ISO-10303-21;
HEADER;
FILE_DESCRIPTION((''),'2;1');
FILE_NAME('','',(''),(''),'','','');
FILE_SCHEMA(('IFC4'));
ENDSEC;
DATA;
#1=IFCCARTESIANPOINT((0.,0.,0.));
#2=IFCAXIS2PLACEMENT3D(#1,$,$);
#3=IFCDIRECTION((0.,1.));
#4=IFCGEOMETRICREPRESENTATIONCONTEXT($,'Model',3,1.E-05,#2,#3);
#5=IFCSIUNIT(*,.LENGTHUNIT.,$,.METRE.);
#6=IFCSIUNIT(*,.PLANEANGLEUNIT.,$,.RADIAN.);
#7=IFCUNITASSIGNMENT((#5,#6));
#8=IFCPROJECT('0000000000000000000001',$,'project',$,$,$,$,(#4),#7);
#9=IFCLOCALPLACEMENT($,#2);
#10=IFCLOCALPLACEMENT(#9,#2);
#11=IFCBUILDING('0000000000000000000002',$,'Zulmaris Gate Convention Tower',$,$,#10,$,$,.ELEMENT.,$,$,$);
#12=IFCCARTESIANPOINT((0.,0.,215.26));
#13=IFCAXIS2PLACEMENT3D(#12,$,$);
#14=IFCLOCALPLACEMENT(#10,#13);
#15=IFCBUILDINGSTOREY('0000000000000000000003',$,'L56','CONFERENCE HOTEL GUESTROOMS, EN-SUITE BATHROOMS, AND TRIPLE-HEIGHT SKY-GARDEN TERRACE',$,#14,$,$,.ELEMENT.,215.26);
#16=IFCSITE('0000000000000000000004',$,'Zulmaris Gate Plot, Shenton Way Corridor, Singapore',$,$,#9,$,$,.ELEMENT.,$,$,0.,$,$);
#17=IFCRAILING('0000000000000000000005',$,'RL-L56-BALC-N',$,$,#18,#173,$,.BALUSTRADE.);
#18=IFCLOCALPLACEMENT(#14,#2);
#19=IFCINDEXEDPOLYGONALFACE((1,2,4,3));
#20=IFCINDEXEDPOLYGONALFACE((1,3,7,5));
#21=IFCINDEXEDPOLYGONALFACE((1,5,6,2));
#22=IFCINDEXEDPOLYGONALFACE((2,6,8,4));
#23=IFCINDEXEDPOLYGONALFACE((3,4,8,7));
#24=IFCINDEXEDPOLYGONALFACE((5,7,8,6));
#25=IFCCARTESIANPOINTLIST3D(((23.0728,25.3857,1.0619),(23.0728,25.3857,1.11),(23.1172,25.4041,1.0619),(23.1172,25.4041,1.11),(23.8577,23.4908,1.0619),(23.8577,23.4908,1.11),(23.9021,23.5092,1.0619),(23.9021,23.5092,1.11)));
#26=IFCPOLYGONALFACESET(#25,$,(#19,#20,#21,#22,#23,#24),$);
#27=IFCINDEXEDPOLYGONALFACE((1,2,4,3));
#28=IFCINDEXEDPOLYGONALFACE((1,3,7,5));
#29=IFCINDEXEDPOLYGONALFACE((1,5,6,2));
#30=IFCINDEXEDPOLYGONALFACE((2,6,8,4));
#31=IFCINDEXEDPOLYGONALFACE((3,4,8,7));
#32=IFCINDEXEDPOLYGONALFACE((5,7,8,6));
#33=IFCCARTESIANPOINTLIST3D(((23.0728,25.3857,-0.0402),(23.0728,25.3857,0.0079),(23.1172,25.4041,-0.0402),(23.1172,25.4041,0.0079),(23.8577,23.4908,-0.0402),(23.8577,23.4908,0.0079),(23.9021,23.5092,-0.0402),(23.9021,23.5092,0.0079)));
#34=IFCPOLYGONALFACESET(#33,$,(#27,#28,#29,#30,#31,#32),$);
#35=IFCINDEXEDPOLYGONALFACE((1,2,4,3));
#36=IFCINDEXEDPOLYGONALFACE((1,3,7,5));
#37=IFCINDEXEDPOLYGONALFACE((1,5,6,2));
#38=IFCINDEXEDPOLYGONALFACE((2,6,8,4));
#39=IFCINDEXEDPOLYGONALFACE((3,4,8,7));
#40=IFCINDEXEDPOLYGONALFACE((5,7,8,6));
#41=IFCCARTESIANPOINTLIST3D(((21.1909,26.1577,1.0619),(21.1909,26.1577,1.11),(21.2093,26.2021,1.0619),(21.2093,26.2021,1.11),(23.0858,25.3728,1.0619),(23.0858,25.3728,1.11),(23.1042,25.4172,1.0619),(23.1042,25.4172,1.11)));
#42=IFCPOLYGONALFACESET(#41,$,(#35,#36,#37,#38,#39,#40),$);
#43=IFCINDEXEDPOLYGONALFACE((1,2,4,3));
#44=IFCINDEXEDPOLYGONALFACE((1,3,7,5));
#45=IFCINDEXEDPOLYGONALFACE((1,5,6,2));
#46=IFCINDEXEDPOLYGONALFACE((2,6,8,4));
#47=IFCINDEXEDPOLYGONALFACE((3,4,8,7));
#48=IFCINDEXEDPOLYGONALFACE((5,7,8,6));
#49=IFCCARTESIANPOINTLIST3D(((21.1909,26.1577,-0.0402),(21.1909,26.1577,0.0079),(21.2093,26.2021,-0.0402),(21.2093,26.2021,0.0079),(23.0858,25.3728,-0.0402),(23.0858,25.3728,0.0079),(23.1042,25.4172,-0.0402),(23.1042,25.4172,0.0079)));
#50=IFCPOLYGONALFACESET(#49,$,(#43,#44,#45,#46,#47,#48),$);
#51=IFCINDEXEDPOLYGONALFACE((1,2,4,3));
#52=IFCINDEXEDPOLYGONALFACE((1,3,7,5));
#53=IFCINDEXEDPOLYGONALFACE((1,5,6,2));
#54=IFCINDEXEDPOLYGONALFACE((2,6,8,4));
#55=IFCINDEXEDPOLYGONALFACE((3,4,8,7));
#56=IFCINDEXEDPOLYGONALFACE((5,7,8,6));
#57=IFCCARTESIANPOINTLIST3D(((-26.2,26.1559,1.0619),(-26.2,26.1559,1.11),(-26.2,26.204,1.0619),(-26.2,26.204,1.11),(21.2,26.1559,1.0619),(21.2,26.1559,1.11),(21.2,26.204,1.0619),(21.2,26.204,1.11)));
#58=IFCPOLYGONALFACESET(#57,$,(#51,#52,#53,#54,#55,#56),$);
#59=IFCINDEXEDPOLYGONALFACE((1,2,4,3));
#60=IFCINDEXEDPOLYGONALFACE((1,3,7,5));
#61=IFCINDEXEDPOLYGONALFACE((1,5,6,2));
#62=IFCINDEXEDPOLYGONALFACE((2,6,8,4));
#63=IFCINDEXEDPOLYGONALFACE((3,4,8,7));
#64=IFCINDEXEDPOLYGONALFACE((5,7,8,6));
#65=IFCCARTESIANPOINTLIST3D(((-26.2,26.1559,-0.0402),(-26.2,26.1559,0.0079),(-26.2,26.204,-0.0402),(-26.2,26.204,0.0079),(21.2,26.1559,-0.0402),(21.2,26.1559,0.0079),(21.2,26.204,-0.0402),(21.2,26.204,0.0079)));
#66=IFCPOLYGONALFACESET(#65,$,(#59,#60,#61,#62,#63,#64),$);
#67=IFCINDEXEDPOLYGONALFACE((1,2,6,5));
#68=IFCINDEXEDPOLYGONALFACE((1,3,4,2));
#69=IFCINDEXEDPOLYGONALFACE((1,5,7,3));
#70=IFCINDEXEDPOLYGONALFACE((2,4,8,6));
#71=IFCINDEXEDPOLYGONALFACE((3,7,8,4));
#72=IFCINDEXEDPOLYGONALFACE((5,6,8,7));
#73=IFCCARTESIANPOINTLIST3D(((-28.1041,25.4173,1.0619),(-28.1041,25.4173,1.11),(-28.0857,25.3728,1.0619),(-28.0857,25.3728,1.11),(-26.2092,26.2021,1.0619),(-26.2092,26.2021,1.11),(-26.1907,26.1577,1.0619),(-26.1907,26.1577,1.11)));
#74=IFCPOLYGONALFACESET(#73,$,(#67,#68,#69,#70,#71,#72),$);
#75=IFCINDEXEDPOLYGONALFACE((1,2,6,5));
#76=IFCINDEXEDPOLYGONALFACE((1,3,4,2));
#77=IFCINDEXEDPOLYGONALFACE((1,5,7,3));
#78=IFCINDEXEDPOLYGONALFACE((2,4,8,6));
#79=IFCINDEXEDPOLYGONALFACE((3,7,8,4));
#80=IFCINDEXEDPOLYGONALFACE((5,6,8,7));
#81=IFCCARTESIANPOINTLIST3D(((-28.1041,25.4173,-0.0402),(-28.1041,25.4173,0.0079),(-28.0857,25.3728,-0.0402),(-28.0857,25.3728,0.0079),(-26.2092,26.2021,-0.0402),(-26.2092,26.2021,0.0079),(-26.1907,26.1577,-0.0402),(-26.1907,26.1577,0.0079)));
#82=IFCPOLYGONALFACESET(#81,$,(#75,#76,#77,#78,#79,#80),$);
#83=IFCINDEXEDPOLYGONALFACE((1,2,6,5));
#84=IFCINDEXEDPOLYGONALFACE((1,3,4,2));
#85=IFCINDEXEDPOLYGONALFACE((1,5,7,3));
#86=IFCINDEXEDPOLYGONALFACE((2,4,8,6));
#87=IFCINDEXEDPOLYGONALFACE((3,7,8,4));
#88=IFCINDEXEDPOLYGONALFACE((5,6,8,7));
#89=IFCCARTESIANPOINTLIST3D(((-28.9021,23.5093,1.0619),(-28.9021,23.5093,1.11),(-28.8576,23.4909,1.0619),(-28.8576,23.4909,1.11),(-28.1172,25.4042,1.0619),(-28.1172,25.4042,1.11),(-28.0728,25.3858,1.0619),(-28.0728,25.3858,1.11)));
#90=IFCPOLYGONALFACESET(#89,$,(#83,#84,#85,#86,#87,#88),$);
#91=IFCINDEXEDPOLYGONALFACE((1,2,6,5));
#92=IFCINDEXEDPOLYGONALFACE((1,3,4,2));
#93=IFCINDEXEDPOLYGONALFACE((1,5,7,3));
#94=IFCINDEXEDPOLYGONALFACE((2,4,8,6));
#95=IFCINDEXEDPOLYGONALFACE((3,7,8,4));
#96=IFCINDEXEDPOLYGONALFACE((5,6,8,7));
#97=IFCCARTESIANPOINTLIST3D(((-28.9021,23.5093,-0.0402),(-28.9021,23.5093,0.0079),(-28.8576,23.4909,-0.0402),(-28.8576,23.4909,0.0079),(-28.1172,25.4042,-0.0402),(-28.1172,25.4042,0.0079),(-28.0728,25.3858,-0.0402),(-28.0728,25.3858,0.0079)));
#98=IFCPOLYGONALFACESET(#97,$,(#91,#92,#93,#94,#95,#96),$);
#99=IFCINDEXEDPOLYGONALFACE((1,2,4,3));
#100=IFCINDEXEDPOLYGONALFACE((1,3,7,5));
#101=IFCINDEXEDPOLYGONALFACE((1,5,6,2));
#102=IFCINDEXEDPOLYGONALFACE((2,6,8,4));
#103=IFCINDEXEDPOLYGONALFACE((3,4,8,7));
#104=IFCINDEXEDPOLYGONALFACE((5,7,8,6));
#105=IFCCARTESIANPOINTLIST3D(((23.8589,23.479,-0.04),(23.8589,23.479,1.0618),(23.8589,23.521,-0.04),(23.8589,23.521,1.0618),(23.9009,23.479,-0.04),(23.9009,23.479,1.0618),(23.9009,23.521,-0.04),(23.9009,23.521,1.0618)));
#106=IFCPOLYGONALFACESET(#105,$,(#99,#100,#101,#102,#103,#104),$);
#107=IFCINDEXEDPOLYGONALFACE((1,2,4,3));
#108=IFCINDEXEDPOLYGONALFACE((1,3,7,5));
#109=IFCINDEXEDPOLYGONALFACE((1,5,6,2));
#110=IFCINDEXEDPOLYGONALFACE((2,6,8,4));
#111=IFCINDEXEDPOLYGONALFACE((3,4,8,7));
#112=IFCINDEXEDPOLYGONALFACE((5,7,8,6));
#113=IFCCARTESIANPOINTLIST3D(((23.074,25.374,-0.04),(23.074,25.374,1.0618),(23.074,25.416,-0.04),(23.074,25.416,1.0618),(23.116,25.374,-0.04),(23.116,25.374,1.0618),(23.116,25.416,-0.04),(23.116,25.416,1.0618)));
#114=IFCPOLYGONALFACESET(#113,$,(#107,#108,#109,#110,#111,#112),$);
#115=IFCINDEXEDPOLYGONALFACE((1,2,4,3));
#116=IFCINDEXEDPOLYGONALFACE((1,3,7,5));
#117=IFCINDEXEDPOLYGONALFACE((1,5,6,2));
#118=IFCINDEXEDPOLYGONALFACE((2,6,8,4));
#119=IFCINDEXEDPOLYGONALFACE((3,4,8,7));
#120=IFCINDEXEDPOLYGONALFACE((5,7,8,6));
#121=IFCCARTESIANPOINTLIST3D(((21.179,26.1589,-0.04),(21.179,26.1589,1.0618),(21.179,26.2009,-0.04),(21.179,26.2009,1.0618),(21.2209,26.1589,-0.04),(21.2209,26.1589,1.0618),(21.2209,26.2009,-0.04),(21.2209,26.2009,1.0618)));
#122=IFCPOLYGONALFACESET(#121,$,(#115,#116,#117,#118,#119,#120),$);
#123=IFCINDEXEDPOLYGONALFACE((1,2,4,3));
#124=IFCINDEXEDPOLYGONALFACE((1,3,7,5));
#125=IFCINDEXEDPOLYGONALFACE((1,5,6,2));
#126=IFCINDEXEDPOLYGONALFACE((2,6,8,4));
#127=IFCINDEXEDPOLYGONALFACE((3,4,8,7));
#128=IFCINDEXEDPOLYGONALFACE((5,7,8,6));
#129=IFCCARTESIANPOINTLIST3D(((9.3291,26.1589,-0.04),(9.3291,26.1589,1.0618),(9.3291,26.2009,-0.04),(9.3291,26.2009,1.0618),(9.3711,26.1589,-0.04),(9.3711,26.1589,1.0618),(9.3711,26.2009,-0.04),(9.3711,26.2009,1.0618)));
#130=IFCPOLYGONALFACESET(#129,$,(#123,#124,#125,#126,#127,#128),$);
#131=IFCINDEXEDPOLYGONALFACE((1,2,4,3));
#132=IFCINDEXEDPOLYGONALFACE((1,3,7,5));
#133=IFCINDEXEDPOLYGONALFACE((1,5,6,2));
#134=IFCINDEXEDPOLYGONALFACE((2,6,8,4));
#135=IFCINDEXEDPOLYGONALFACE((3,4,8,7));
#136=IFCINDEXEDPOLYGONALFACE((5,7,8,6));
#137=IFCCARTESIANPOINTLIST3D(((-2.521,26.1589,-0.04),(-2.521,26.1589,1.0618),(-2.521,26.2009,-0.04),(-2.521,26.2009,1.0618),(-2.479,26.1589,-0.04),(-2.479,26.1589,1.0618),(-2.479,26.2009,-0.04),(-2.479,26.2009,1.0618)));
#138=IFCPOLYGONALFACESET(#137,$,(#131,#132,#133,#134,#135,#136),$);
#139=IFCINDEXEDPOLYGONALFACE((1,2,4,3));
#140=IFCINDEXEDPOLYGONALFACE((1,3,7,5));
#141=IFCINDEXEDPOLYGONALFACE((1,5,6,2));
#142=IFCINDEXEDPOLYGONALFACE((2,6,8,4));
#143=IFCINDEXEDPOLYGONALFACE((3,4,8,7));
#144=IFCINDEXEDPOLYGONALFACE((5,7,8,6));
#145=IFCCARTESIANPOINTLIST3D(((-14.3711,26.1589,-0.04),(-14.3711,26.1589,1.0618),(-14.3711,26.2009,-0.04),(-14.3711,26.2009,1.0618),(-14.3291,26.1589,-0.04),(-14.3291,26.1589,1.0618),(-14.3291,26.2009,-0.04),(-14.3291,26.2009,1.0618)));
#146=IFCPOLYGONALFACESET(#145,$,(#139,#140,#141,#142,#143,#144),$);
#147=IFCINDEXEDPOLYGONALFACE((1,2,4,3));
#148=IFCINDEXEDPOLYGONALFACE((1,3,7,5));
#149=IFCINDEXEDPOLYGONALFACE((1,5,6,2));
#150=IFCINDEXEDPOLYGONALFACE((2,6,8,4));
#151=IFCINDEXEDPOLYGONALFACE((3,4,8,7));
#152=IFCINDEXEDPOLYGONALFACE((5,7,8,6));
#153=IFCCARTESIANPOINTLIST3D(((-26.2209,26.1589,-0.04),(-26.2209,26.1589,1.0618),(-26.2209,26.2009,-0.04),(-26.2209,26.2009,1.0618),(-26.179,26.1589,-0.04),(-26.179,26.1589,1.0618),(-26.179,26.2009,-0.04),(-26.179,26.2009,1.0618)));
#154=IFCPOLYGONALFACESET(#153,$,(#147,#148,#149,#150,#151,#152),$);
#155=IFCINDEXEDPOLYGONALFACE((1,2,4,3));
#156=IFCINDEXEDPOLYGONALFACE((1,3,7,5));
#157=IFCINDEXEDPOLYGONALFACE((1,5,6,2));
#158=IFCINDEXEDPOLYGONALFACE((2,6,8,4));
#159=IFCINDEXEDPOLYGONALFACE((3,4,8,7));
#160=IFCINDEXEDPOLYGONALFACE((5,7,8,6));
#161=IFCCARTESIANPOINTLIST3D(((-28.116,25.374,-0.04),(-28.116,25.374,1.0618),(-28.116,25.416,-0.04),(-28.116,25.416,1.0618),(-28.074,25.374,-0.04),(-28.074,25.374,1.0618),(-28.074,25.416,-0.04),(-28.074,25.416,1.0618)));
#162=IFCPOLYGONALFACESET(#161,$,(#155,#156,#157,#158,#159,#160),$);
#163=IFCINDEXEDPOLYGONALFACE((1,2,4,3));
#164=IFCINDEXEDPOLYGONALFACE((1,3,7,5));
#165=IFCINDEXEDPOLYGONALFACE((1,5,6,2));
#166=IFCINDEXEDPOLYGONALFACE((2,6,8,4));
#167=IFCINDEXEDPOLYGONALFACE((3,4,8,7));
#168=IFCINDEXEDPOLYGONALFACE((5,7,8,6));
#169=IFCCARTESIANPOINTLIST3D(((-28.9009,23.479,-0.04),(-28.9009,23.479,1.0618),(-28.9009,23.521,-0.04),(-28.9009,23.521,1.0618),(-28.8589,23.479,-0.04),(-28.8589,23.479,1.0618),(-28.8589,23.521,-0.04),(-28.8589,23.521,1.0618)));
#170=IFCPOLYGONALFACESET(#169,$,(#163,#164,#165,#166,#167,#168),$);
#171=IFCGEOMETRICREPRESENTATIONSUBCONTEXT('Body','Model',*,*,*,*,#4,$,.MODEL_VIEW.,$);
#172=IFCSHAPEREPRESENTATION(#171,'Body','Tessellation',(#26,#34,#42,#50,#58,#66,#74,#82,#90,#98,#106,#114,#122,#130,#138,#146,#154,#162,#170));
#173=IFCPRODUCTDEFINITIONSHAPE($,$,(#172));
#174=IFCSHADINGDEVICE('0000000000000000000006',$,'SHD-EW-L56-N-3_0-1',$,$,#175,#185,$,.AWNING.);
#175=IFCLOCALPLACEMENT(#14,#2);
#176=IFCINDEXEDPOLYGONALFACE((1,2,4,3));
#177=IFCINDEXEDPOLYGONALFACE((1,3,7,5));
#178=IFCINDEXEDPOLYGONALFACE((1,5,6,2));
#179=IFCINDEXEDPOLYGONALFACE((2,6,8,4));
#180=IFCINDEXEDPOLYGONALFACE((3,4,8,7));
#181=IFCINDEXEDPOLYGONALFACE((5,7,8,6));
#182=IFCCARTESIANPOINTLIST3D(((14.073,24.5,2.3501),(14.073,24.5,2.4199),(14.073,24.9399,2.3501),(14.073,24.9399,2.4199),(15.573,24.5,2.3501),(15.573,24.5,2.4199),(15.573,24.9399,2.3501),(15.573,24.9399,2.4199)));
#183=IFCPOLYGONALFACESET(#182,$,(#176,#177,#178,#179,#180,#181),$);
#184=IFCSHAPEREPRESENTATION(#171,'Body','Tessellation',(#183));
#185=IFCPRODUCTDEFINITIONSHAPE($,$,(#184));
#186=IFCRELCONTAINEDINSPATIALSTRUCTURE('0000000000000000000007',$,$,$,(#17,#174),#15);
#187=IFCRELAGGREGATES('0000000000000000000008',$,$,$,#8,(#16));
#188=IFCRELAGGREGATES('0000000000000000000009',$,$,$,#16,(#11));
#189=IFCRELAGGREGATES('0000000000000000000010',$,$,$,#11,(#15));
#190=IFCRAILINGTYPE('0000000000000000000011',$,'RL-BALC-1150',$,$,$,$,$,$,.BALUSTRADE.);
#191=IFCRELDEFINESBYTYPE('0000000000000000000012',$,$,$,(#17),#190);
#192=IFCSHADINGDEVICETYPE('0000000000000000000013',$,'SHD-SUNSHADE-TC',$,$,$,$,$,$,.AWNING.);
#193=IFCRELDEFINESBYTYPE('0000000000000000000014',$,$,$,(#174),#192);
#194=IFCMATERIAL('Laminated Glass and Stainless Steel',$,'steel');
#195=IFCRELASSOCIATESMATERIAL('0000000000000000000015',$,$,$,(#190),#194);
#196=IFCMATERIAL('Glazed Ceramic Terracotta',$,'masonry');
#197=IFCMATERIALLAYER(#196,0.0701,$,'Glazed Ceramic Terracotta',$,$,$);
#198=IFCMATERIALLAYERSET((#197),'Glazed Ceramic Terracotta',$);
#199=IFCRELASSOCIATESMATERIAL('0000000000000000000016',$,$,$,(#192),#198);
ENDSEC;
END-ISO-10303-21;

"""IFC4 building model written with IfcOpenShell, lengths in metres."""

from ifc_helpers import new_model, si_unit, direction, frame, frame_2d, origin, origin_2d, place, context, subcontext, project, spatial, rectangle, extrude, material, layer, layer_set, type_object, element, save


model = new_model("IFC4")

# Units and contexts
model_context = context("Model", 3, precision=1e-05, world=origin(), true_north=direction((0.0, 1.0)))
body_context = subcontext(model_context, "Body", "Model", "MODEL_VIEW")
ifc_project = project(units=[si_unit("LENGTHUNIT", "METRE"), si_unit("PLANEANGLEUNIT", "RADIAN")], contexts=[model_context])

# Site, building, storey
site_placement = place(None, origin())
site = spatial("IfcSite", under=ifc_project, at=site_placement, Name="Zulmaris Gate Plot, Shenton Way Corridor, Singapore", CompositionType="ELEMENT", RefElevation=0.0)
building_placement = place(site_placement, origin())
building = spatial("IfcBuilding", under=site, at=building_placement, Name="Zulmaris Gate Convention Tower", CompositionType="ELEMENT")
storey_placement = place(building_placement, frame((0.0, 0.0, 215.26)))
storey = spatial("IfcBuildingStorey", under=building, at=storey_placement, Name="L56", Description="CONFERENCE HOTEL GUESTROOMS, EN-SUITE BATHROOMS, AND TRIPLE-HEIGHT SKY-GARDEN TERRACE", CompositionType="ELEMENT", Elevation=215.26)

# Railing
ifc_material_1 = material(Name="Laminated Glass and Stainless Steel", Category="steel")
railing_type = type_object("IfcRailingType", Name="RL-BALC-1150", PredefinedType="BALUSTRADE", material=ifc_material_1)
railing_placement = place(storey_placement, frame((23.8799, 23.5, -0.04)))
element("IfcRailing", 1, at=railing_placement, inside=storey, type_object=railing_type, Name="RL-L56-BALC-N", PredefinedType="BALUSTRADE", context=body_context, shape_type="SweptSolid", body=[
    extrude(rectangle(XDim=0.0481, YDim=0.0481, at=origin_2d()), frame((0.0, 0.0, 1.126), z_axis=(-0.382671, 0.923885, 0.0), x_axis=(-0.923885, -0.382671, 0.0)), (0.0, 0.0, 1.0), 2.051),
    extrude(rectangle(XDim=0.0481, YDim=0.0481, at=origin_2d()), frame((0.0, 0.0, 0.0239), z_axis=(-0.382671, 0.923885, 0.0), x_axis=(-0.923885, -0.382671, 0.0)), (0.0, 0.0, 1.0), 2.051),
    extrude(rectangle(XDim=0.0481, YDim=0.0481, at=origin_2d()), frame((-0.7849, 1.895, 1.126), z_axis=(-0.923885, 0.382671, 0.0), x_axis=(-0.382671, -0.923885, 0.0)), (0.0, 0.0, 1.0), 2.051),
    extrude(rectangle(XDim=0.0481, YDim=0.0481, at=origin_2d()), frame((-0.7849, 1.895, 0.0239), z_axis=(-0.923885, 0.382671, 0.0), x_axis=(-0.382671, -0.923885, 0.0)), (0.0, 0.0, 1.0), 2.051),
    extrude(rectangle(XDim=0.0481, YDim=0.0481, at=origin_2d()), frame((-2.6799, 2.6799, 1.126), z_axis=(-1.0, 0.0, 0.0), x_axis=(0.0, -1.0, 0.0)), (0.0, 0.0, 1.0), 47.3999),
    extrude(rectangle(XDim=0.0481, YDim=0.0481, at=origin_2d()), frame((-2.6799, 2.6799, 0.0239), z_axis=(-1.0, 0.0, 0.0), x_axis=(0.0, -1.0, 0.0)), (0.0, 0.0, 1.0), 47.3999),
    extrude(rectangle(XDim=0.0481, YDim=0.0481, at=origin_2d()), frame((-50.0798, 2.6799, 1.126), z_axis=(-0.923885, -0.382671, 0.0), x_axis=(0.382671, -0.923885, 0.0)), (0.0, 0.0, 1.0), 2.051),
    extrude(rectangle(XDim=0.0481, YDim=0.0481, at=origin_2d()), frame((-50.0798, 2.6799, 0.0239), z_axis=(-0.923885, -0.382671, 0.0), x_axis=(0.382671, -0.923885, 0.0)), (0.0, 0.0, 1.0), 2.051),
    extrude(rectangle(XDim=0.0481, YDim=0.0481, at=origin_2d()), frame((-51.9749, 1.895, 1.126), z_axis=(-0.382671, -0.923885, 0.0), x_axis=(0.923885, -0.382671, 0.0)), (0.0, 0.0, 1.0), 2.051),
    extrude(rectangle(XDim=0.0481, YDim=0.0481, at=origin_2d()), frame((-51.9749, 1.895, 0.0239), z_axis=(-0.382671, -0.923885, 0.0), x_axis=(0.923885, -0.382671, 0.0)), (0.0, 0.0, 1.0), 2.051),
    extrude(rectangle(XDim=0.042, YDim=0.042, at=origin_2d()), origin(), (0.0, 0.0, 1.0), 1.1018),
    extrude(rectangle(XDim=0.042, YDim=0.042, at=origin_2d()), frame((-0.7849, 1.895, 0.0)), (0.0, 0.0, 1.0), 1.1018),
    extrude(rectangle(XDim=0.042, YDim=0.042, at=origin_2d()), frame((-2.6799, 2.6799, 0.0)), (0.0, 0.0, 1.0), 1.1018),
    extrude(rectangle(XDim=0.042, YDim=0.042, at=origin_2d()), frame((-14.5298, 2.6799, 0.0)), (0.0, 0.0, 1.0), 1.1018),
    extrude(rectangle(XDim=0.042, YDim=0.042, at=origin_2d()), frame((-26.3799, 2.6799, 0.0)), (0.0, 0.0, 1.0), 1.1018),
    extrude(rectangle(XDim=0.042, YDim=0.042, at=origin_2d()), frame((-38.23, 2.6799, 0.0)), (0.0, 0.0, 1.0), 1.1018),
    extrude(rectangle(XDim=0.042, YDim=0.042, at=origin_2d()), frame((-50.0798, 2.6799, 0.0)), (0.0, 0.0, 1.0), 1.1018),
    extrude(rectangle(XDim=0.042, YDim=0.042, at=origin_2d()), frame((-51.9749, 1.895, 0.0)), (0.0, 0.0, 1.0), 1.1018),
    extrude(rectangle(XDim=0.042, YDim=0.042, at=origin_2d()), frame((-52.7598, 0.0, 0.0)), (0.0, 0.0, 1.0), 1.1018),
])

# Shading device
ifc_material_2 = material(Name="Glazed Ceramic Terracotta", Category="masonry")
ifc_layer_1 = layer(ifc_material_2, 0.0701, Name="Glazed Ceramic Terracotta")
ifc_layer_set_1 = layer_set([ifc_layer_1], Name="Glazed Ceramic Terracotta")
shading_device_type = type_object("IfcShadingDeviceType", Name="SHD-SUNSHADE-TC", PredefinedType="AWNING", material=ifc_layer_set_1)
shading_device_placement = place(storey_placement, frame((15.573, 24.72, 2.3501), z_axis=(0.0, 0.0, 1.0), x_axis=(-1.0, 0.0, 0.0)))
element("IfcShadingDevice", 2, at=shading_device_placement, inside=storey, type_object=shading_device_type, Name="SHD-EW-L56-N-3_0-1", PredefinedType="AWNING", context=body_context, shape_type="SweptSolid", body=[
    extrude(rectangle(XDim=1.5, YDim=0.4399, at=frame_2d((0.75, 0.0))), origin(), (0.0, 0.0, 1.0), 0.0698),
])

save(model, "model.ifc")
